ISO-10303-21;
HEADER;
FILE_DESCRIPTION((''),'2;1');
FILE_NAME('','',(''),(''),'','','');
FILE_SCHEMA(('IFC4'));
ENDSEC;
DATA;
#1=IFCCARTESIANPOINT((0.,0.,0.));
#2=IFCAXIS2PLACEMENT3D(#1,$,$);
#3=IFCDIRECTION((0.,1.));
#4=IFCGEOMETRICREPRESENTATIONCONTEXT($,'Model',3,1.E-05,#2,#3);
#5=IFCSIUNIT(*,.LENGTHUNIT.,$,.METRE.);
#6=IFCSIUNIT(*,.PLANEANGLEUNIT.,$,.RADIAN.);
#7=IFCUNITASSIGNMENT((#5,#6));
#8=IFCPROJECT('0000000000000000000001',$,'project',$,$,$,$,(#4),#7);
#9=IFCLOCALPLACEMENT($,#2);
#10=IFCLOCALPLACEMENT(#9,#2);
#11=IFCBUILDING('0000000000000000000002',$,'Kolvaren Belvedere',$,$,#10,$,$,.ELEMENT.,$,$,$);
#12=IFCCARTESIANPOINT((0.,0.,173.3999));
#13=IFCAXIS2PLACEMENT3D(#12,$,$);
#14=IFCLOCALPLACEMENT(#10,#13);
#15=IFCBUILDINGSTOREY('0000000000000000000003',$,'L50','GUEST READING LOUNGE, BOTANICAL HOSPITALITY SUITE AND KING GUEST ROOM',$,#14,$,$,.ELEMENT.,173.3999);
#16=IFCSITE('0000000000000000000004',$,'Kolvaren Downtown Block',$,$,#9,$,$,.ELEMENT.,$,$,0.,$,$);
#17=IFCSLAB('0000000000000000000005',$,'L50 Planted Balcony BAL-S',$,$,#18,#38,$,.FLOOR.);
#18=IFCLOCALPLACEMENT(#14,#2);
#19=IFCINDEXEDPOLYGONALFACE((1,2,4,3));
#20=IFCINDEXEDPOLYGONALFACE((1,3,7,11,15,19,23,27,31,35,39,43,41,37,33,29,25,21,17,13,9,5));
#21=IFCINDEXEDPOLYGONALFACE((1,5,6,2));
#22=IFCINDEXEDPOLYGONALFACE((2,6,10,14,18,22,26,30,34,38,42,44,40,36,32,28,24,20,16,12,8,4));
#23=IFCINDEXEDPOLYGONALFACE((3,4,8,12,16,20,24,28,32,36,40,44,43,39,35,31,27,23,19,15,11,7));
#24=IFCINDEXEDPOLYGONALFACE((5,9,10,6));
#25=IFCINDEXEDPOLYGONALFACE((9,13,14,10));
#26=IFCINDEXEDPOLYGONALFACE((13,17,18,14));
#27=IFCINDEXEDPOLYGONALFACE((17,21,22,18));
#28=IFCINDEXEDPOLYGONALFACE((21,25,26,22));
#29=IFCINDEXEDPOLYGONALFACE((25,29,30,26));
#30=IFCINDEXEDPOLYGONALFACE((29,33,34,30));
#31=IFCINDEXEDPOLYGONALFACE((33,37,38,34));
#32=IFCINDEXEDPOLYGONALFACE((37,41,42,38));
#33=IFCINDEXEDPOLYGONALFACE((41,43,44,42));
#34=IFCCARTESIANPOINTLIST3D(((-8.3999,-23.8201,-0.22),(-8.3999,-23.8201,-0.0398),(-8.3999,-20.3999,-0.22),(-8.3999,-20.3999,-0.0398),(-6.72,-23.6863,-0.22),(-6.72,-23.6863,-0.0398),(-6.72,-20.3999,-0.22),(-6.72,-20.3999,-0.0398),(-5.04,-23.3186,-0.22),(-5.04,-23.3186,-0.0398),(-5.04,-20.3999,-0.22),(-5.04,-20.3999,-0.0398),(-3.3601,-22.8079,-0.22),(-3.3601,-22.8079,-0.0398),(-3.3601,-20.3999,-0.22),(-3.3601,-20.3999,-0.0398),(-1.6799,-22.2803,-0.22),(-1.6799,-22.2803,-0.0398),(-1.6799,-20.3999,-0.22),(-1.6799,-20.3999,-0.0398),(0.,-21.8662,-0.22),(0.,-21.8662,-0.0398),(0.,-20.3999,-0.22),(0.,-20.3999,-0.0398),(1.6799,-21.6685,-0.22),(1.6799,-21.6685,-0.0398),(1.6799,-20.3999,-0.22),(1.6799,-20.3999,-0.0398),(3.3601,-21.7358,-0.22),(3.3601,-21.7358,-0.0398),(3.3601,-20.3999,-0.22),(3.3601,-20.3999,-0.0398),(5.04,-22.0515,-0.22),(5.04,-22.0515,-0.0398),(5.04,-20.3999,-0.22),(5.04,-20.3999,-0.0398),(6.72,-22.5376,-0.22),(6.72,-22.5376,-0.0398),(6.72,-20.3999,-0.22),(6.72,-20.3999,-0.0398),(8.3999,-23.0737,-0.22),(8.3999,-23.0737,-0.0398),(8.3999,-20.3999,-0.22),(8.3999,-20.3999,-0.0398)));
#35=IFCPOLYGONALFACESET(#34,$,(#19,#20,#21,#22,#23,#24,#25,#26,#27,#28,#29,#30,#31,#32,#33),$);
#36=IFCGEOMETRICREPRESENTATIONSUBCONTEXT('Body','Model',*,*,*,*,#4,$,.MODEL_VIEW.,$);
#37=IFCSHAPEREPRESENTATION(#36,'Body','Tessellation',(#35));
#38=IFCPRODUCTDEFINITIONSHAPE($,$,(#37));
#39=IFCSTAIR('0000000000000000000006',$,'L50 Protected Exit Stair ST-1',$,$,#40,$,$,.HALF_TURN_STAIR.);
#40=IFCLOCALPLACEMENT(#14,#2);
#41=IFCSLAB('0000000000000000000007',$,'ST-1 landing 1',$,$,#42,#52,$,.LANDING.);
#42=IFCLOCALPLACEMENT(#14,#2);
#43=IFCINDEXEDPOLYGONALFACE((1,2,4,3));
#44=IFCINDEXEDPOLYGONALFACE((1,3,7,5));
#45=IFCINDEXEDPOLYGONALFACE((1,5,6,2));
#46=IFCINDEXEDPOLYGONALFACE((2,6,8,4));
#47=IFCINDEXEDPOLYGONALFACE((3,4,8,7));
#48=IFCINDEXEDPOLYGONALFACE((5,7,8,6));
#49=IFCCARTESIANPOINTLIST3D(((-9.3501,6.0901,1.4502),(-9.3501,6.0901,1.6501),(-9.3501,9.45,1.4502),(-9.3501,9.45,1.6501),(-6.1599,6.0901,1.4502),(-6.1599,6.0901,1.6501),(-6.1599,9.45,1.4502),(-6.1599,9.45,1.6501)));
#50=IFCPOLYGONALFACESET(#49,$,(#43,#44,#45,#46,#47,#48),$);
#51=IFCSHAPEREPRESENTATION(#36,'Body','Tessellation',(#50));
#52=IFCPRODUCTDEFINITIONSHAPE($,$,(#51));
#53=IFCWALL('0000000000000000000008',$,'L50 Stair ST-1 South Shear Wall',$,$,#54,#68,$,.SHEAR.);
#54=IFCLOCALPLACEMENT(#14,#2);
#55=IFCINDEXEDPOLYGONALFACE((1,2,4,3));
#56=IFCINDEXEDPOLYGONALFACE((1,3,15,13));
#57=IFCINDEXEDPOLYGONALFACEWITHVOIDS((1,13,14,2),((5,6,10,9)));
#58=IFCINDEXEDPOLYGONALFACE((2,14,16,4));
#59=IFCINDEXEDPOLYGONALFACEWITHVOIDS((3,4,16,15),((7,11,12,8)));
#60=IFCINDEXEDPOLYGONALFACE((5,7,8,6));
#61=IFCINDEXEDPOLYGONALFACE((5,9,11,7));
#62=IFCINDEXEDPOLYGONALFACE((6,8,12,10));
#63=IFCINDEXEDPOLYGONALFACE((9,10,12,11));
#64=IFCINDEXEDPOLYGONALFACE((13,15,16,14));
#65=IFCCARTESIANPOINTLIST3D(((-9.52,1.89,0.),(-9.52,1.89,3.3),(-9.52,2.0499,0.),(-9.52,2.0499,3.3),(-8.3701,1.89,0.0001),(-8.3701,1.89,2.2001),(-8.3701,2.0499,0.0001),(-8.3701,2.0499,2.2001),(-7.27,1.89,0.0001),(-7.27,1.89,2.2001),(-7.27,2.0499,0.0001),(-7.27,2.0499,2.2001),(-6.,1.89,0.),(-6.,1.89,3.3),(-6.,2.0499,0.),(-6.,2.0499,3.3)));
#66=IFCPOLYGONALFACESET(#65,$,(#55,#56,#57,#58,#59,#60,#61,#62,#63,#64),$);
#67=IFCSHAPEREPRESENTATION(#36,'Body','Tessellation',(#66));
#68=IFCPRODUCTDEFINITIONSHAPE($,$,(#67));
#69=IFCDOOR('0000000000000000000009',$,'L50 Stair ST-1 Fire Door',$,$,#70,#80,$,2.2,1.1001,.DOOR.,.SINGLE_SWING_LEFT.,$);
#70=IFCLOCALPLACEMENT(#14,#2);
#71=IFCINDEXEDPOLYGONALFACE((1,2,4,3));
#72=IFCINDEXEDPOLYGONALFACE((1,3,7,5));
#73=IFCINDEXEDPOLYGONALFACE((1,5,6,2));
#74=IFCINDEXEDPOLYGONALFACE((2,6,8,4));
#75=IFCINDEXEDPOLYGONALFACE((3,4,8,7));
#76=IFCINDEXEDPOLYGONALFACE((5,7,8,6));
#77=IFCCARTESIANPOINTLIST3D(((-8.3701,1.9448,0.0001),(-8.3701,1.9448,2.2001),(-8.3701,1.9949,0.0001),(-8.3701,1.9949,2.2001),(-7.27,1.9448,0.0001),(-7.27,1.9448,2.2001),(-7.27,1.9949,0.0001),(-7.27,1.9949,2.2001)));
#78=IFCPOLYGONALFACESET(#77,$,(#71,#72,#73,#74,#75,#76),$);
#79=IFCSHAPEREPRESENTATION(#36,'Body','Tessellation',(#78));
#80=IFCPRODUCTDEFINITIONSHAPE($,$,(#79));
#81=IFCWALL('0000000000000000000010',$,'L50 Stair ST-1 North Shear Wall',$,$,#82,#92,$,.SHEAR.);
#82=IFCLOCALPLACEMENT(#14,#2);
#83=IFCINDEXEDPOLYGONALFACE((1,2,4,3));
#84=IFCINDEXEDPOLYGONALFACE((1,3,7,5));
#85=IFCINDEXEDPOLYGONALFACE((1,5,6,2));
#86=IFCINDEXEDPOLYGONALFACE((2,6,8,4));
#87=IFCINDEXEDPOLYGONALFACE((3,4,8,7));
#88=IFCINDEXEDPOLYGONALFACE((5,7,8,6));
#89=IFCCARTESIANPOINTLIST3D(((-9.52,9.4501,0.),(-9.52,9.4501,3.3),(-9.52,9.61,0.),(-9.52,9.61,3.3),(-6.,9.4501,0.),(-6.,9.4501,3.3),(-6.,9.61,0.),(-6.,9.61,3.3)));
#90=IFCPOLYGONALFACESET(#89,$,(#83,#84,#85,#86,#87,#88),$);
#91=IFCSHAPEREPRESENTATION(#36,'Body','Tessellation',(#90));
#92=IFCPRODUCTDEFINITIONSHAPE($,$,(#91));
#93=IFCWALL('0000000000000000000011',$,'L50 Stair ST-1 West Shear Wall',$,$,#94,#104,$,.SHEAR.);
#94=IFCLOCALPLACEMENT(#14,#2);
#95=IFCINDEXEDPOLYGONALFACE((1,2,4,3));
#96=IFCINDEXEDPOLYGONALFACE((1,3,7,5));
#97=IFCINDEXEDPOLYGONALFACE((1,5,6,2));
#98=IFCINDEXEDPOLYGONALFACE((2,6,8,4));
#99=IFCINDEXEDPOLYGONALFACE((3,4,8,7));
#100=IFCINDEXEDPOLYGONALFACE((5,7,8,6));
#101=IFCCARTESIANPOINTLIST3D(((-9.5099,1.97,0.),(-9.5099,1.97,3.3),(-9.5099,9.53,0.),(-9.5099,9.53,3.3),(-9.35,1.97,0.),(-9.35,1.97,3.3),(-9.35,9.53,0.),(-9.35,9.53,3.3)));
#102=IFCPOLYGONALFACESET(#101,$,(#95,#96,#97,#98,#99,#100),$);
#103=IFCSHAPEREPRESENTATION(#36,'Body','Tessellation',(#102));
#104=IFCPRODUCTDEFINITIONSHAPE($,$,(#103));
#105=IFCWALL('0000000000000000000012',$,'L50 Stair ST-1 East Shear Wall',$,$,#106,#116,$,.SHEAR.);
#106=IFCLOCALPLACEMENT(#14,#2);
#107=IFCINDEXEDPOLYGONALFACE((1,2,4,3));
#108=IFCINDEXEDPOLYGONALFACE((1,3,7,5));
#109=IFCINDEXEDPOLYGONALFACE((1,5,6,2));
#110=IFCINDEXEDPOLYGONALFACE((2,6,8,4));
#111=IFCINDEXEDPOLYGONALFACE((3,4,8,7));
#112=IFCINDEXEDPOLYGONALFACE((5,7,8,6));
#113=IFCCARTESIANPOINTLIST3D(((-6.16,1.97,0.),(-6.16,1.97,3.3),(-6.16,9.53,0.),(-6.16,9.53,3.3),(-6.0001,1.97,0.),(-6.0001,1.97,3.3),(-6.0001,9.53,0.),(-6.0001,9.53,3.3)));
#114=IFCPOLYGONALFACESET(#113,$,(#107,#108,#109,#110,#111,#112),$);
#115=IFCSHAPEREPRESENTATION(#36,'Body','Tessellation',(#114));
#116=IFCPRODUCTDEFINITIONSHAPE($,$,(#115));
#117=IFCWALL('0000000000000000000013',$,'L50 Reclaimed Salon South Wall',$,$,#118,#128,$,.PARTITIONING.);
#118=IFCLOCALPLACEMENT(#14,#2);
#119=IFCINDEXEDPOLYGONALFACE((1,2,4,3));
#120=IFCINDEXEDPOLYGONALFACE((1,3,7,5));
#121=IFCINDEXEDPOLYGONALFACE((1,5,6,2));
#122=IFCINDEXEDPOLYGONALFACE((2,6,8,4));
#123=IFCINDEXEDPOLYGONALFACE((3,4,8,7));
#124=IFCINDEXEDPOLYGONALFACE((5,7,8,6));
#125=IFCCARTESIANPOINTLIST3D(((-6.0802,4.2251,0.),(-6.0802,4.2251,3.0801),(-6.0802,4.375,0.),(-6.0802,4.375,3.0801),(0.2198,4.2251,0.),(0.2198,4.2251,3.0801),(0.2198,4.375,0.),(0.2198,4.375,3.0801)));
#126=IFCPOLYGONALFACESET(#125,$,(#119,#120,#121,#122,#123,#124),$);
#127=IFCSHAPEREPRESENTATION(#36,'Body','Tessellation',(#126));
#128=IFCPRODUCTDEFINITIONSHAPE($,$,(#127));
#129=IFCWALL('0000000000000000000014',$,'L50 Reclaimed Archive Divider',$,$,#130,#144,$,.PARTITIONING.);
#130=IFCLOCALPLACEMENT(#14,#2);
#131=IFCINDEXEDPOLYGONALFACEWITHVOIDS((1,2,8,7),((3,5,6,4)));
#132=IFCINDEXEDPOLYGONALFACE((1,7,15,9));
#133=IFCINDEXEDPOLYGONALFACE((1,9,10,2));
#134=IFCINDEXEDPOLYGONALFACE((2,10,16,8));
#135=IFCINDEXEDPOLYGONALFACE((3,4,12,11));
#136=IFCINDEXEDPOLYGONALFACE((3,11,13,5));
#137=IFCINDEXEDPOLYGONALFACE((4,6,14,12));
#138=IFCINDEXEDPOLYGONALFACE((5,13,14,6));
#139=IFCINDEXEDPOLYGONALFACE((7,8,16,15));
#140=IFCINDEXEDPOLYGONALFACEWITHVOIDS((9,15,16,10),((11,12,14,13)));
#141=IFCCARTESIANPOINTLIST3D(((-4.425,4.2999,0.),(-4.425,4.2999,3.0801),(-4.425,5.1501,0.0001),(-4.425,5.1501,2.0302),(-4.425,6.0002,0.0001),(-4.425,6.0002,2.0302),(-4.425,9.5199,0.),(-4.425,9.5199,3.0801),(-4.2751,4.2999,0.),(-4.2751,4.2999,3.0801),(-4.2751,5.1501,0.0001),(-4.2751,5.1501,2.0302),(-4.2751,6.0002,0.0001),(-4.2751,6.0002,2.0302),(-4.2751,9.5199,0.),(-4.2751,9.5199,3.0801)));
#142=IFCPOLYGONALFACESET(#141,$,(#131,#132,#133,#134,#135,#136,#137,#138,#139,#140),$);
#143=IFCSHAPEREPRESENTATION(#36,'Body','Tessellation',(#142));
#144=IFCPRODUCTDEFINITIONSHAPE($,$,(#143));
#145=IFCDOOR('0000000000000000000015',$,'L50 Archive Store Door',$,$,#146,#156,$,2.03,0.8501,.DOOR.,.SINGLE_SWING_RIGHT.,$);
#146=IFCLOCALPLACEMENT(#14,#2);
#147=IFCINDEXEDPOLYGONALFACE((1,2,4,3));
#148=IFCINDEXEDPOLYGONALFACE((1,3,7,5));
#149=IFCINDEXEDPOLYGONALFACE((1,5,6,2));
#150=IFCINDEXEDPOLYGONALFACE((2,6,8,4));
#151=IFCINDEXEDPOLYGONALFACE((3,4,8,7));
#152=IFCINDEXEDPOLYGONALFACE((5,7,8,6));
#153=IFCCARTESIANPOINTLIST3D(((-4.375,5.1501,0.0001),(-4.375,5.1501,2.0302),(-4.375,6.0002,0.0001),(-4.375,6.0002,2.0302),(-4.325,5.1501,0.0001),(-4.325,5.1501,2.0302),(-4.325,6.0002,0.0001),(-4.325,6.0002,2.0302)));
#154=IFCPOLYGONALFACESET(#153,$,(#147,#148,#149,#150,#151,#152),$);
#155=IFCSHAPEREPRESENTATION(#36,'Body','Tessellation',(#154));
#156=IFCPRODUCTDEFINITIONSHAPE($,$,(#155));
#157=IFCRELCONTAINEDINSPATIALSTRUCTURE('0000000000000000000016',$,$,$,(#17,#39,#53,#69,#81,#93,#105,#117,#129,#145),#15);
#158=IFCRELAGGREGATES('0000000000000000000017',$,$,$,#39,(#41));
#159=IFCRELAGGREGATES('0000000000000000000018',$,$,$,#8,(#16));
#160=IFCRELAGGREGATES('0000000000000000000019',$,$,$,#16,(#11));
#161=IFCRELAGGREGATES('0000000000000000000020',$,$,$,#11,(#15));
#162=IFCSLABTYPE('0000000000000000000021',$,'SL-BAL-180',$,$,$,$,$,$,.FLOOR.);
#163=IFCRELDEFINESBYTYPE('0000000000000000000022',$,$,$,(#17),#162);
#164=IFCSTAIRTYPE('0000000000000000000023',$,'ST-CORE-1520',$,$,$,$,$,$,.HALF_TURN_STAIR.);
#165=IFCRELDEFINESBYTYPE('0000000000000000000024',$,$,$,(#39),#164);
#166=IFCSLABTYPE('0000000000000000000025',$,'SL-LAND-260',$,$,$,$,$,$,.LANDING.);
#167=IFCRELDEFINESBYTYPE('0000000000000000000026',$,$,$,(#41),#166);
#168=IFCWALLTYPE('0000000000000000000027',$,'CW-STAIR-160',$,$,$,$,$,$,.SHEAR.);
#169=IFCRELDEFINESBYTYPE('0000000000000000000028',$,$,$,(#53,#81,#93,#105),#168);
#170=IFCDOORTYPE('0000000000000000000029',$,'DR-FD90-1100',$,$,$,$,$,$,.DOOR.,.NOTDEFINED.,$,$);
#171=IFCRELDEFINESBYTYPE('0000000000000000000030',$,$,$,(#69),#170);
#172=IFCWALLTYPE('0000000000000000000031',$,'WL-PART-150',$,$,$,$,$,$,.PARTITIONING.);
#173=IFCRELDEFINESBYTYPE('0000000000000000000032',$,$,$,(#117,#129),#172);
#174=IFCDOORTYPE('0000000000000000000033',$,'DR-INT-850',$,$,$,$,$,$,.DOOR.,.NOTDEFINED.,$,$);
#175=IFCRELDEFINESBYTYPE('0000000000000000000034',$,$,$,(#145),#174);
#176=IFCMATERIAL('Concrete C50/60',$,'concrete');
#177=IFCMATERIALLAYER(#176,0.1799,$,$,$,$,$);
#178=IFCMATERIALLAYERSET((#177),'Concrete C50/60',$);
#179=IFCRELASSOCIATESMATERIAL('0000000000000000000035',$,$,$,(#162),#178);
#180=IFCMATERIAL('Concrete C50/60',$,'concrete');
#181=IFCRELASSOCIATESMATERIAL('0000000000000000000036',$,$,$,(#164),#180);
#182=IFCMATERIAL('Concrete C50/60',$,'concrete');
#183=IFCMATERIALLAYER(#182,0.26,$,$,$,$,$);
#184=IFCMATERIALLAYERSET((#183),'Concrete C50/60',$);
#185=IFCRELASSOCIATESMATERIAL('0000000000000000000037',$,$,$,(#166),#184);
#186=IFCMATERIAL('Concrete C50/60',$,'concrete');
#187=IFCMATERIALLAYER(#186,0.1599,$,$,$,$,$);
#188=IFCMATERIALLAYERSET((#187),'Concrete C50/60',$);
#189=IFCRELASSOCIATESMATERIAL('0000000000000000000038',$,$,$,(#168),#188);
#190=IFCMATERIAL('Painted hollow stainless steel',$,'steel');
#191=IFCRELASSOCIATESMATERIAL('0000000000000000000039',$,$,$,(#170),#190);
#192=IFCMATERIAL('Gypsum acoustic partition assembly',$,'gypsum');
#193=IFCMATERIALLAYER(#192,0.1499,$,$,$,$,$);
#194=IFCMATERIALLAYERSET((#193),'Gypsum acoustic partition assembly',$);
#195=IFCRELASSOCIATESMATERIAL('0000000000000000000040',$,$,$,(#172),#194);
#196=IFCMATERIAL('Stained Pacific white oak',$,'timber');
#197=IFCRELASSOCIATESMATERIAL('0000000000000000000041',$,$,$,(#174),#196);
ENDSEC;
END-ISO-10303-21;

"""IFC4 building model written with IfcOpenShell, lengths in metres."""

from ifc_helpers import new_model, si_unit, direction, frame, frame_2d, origin, place, context, subcontext, project, spatial, polyline, rectangle, outline, extrude, material, layer, layer_set, type_object, element, fill, aggregate, save


model = new_model("IFC4")

# Units and contexts
model_context = context("Model", 3, precision=1e-05, world=origin(), true_north=direction((0.0, 1.0)))
body_context = subcontext(model_context, "Body", "Model", "MODEL_VIEW")
ifc_project = project(units=[si_unit("LENGTHUNIT", "METRE"), si_unit("PLANEANGLEUNIT", "RADIAN")], contexts=[model_context])

# Site, building, storey
site_placement = place(None, origin())
site = spatial("IfcSite", under=ifc_project, at=site_placement, Name="Kolvaren Downtown Block", CompositionType="ELEMENT", RefElevation=0.0)
building_placement = place(site_placement, origin())
building = spatial("IfcBuilding", under=site, at=building_placement, Name="Kolvaren Belvedere", CompositionType="ELEMENT")
storey_placement = place(building_placement, frame((0.0, 0.0, 173.3999)))
storey = spatial("IfcBuildingStorey", under=building, at=storey_placement, Name="L50", Description="GUEST READING LOUNGE, BOTANICAL HOSPITALITY SUITE AND KING GUEST ROOM", CompositionType="ELEMENT", Elevation=173.3999)

# Slab
ifc_material_1 = material(Name="Concrete C50/60", Category="concrete")
ifc_layer_1 = layer(ifc_material_1, 0.1799)
ifc_layer_set_1 = layer_set([ifc_layer_1], Name="Concrete C50/60")
slab_type_1 = type_object("IfcSlabType", Name="SL-BAL-180", PredefinedType="FLOOR", material=ifc_layer_set_1)
slab_1_placement = place(storey_placement, frame((0.0, 0.0, -0.22)))
element("IfcSlab", 1, at=slab_1_placement, inside=storey, type_object=slab_type_1, Name="L50 Planted Balcony BAL-S", PredefinedType="FLOOR", context=body_context, shape_type="SweptSolid", body=[
    extrude(outline(polyline([(-8.3999, -23.8201), (-6.72, -23.6863), (-5.04, -23.3186), (-3.3601, -22.8079), (-1.6799, -22.2803), (0.0, -21.8662), (1.6799, -21.6685), (3.3601, -21.7358), (5.04, -22.0515), (6.72, -22.5376), (8.3999, -23.0737), (8.3999, -20.3999), (6.72, -20.3999), (5.04, -20.3999), (3.3601, -20.3999), (1.6799, -20.3999), (0.0, -20.3999), (-1.6799, -20.3999), (-3.3601, -20.3999), (-5.04, -20.3999), (-6.72, -20.3999), (-8.3999, -20.3999), (-8.3999, -23.8201)])), origin(), (0.0, 0.0, 1.0), 0.1802),
])

# Stair, slab
ifc_material_2 = material(Name="Concrete C50/60", Category="concrete")
stair_type = type_object("IfcStairType", Name="ST-CORE-1520", PredefinedType="HALF_TURN_STAIR", material=ifc_material_2)
stair_placement = place(storey_placement, origin())
stair = element("IfcStair", 2, at=stair_placement, inside=storey, type_object=stair_type, Name="L50 Protected Exit Stair ST-1", PredefinedType="HALF_TURN_STAIR")
ifc_material_3 = material(Name="Concrete C50/60", Category="concrete")
ifc_layer_2 = layer(ifc_material_3, 0.26)
ifc_layer_set_2 = layer_set([ifc_layer_2], Name="Concrete C50/60")
slab_type_2 = type_object("IfcSlabType", Name="SL-LAND-260", PredefinedType="LANDING", material=ifc_layer_set_2)
slab_2_placement = place(storey_placement, frame((0.0, 0.0, 1.4502)))
slab_2 = element("IfcSlab", 3, at=slab_2_placement, type_object=slab_type_2, Name="ST-1 landing 1", PredefinedType="LANDING", context=body_context, shape_type="SweptSolid", body=[
    extrude(outline(polyline([(-6.1599, 6.0901), (-6.1599, 9.45), (-9.3501, 9.45), (-9.3501, 6.0901), (-6.1599, 6.0901)])), origin(), (0.0, 0.0, 1.0), 0.2),
])

# Wall, opening, door
ifc_material_4 = material(Name="Concrete C50/60", Category="concrete")
ifc_layer_3 = layer(ifc_material_4, 0.1599)
ifc_layer_set_3 = layer_set([ifc_layer_3], Name="Concrete C50/60")
wall_type_1 = type_object("IfcWallType", Name="CW-STAIR-160", PredefinedType="SHEAR", material=ifc_layer_set_3)
wall_1_placement = place(storey_placement, frame((-9.52, 1.97, 0.0), z_axis=(0.0, 0.0, 1.0), x_axis=(1.0, 0.0, 0.0)))
wall_1 = element("IfcWall", 4, at=wall_1_placement, inside=storey, type_object=wall_type_1, Name="L50 Stair ST-1 South Shear Wall", PredefinedType="SHEAR", context=body_context, shape_type="SweptSolid", body=[
    extrude(rectangle(XDim=3.52, YDim=0.1599, at=frame_2d((1.76, 0.0))), origin(), (0.0, 0.0, 1.0), 3.3),
])
opening_1_placement = place(wall_1_placement, frame((1.1499, 0.0, 0.0)))
opening_1 = element("IfcOpeningElement", 5, at=opening_1_placement, cuts=wall_1, PredefinedType="OPENING", context=body_context, shape_type="SweptSolid", body=[
    extrude(rectangle(XDim=1.1001, YDim=2.2, at=frame_2d((0.55, 1.1001))), frame((0.0, 0.0898, 0.0), z_axis=(0.0, -1.0, 0.0), x_axis=(1.0, 0.0, 0.0)), (0.0, 0.0, 1.0), 0.1799),
])
ifc_material_5 = material(Name="Painted hollow stainless steel", Category="steel")
door_type_1 = type_object("IfcDoorType", Name="DR-FD90-1100", OperationType="NOTDEFINED", PredefinedType="DOOR", material=ifc_material_5)
door_1_placement = place(opening_1_placement, origin())
door_1 = element("IfcDoor", 6, at=door_1_placement, inside=storey, type_object=door_type_1, Name="L50 Stair ST-1 Fire Door", OperationType="SINGLE_SWING_LEFT", OverallHeight=2.2, OverallWidth=1.1001, PredefinedType="DOOR", context=body_context, shape_type="SweptSolid", body=[
    extrude(rectangle(XDim=1.1001, YDim=2.2, at=frame_2d((0.55, 1.1001))), frame((0.0, 0.0249, 0.0), z_axis=(0.0, -1.0, 0.0), x_axis=(1.0, 0.0, 0.0)), (0.0, 0.0, 1.0), 0.05),
])
fill(opening_1, door_1)

# Walls
wall_2_placement = place(storey_placement, frame((-9.52, 9.53, 0.0), z_axis=(0.0, 0.0, 1.0), x_axis=(1.0, 0.0, 0.0)))
element("IfcWall", 7, at=wall_2_placement, inside=storey, type_object=wall_type_1, Name="L50 Stair ST-1 North Shear Wall", PredefinedType="SHEAR", context=body_context, shape_type="SweptSolid", body=[
    extrude(rectangle(XDim=3.52, YDim=0.1599, at=frame_2d((1.76, 0.0))), origin(), (0.0, 0.0, 1.0), 3.3),
])
for number, where, z_axis, x_axis, name in (
    (8, (-9.4299, 1.97, 0.0), (0.0, 0.0, 1.0), (0.0, 1.0, 0.0), "L50 Stair ST-1 West Shear Wall"),
    (9, (-6.0801, 1.97, 0.0), (0.0, 0.0, 1.0), (0.0, 1.0, 0.0), "L50 Stair ST-1 East Shear Wall"),
):
    element("IfcWall", number, at=place(storey_placement, frame(where, z_axis=z_axis, x_axis=x_axis)), inside=storey, type_object=wall_type_1, Name=name, PredefinedType="SHEAR", context=body_context, shape_type="SweptSolid", body=[
        extrude(rectangle(XDim=7.5601, YDim=0.1599, at=frame_2d((3.78, 0.0))), origin(), (0.0, 0.0, 1.0), 3.3),
    ])
ifc_material_6 = material(Name="Gypsum acoustic partition assembly", Category="gypsum")
ifc_layer_4 = layer(ifc_material_6, 0.1499)
ifc_layer_set_4 = layer_set([ifc_layer_4], Name="Gypsum acoustic partition assembly")
wall_type_2 = type_object("IfcWallType", Name="WL-PART-150", PredefinedType="PARTITIONING", material=ifc_layer_set_4)
wall_3_placement = place(storey_placement, frame((-6.0801, 4.3, 0.0), z_axis=(0.0, 0.0, 1.0), x_axis=(1.0, 0.0, 0.0)))
element("IfcWall", 10, at=wall_3_placement, inside=storey, type_object=wall_type_2, Name="L50 Reclaimed Salon South Wall", PredefinedType="PARTITIONING", context=body_context, shape_type="SweptSolid", body=[
    extrude(rectangle(XDim=6.3, YDim=0.1499, at=frame_2d((3.1499, 0.0))), origin(), (0.0, 0.0, 1.0), 3.0801),
])

# Wall, opening, door
wall_4_placement = place(storey_placement, frame((-4.3501, 4.3, 0.0), z_axis=(0.0, 0.0, 1.0), x_axis=(0.0, 1.0, 0.0)))
wall_4 = element("IfcWall", 11, at=wall_4_placement, inside=storey, type_object=wall_type_2, Name="L50 Reclaimed Archive Divider", PredefinedType="PARTITIONING", context=body_context, shape_type="SweptSolid", body=[
    extrude(rectangle(XDim=5.22, YDim=0.1499, at=frame_2d((2.6099, 0.0))), origin(), (0.0, 0.0, 1.0), 3.0801),
])
opening_2_placement = place(wall_4_placement, frame((0.8501, 0.0, 0.0)))
opening_2 = element("IfcOpeningElement", 12, at=opening_2_placement, cuts=wall_4, PredefinedType="OPENING", context=body_context, shape_type="SweptSolid", body=[
    extrude(rectangle(XDim=0.8501, YDim=2.03, at=frame_2d((0.425, 1.0151))), frame((0.0, 0.085, 0.0), z_axis=(0.0, -1.0, 0.0), x_axis=(1.0, 0.0, 0.0)), (0.0, 0.0, 1.0), 0.1699),
])
ifc_material_7 = material(Name="Stained Pacific white oak", Category="timber")
door_type_2 = type_object("IfcDoorType", Name="DR-INT-850", OperationType="NOTDEFINED", PredefinedType="DOOR", material=ifc_material_7)
door_2_placement = place(opening_2_placement, origin())
door_2 = element("IfcDoor", 13, at=door_2_placement, inside=storey, type_object=door_type_2, Name="L50 Archive Store Door", OperationType="SINGLE_SWING_RIGHT", OverallHeight=2.03, OverallWidth=0.8501, PredefinedType="DOOR", context=body_context, shape_type="SweptSolid", body=[
    extrude(rectangle(XDim=0.8501, YDim=2.03, at=frame_2d((0.425, 1.0151))), frame((0.0, 0.0249, 0.0), z_axis=(0.0, -1.0, 0.0), x_axis=(1.0, 0.0, 0.0)), (0.0, 0.0, 1.0), 0.05),
])
fill(opening_2, door_2)

aggregate(stair, [slab_2])

save(model, "model.ifc")
